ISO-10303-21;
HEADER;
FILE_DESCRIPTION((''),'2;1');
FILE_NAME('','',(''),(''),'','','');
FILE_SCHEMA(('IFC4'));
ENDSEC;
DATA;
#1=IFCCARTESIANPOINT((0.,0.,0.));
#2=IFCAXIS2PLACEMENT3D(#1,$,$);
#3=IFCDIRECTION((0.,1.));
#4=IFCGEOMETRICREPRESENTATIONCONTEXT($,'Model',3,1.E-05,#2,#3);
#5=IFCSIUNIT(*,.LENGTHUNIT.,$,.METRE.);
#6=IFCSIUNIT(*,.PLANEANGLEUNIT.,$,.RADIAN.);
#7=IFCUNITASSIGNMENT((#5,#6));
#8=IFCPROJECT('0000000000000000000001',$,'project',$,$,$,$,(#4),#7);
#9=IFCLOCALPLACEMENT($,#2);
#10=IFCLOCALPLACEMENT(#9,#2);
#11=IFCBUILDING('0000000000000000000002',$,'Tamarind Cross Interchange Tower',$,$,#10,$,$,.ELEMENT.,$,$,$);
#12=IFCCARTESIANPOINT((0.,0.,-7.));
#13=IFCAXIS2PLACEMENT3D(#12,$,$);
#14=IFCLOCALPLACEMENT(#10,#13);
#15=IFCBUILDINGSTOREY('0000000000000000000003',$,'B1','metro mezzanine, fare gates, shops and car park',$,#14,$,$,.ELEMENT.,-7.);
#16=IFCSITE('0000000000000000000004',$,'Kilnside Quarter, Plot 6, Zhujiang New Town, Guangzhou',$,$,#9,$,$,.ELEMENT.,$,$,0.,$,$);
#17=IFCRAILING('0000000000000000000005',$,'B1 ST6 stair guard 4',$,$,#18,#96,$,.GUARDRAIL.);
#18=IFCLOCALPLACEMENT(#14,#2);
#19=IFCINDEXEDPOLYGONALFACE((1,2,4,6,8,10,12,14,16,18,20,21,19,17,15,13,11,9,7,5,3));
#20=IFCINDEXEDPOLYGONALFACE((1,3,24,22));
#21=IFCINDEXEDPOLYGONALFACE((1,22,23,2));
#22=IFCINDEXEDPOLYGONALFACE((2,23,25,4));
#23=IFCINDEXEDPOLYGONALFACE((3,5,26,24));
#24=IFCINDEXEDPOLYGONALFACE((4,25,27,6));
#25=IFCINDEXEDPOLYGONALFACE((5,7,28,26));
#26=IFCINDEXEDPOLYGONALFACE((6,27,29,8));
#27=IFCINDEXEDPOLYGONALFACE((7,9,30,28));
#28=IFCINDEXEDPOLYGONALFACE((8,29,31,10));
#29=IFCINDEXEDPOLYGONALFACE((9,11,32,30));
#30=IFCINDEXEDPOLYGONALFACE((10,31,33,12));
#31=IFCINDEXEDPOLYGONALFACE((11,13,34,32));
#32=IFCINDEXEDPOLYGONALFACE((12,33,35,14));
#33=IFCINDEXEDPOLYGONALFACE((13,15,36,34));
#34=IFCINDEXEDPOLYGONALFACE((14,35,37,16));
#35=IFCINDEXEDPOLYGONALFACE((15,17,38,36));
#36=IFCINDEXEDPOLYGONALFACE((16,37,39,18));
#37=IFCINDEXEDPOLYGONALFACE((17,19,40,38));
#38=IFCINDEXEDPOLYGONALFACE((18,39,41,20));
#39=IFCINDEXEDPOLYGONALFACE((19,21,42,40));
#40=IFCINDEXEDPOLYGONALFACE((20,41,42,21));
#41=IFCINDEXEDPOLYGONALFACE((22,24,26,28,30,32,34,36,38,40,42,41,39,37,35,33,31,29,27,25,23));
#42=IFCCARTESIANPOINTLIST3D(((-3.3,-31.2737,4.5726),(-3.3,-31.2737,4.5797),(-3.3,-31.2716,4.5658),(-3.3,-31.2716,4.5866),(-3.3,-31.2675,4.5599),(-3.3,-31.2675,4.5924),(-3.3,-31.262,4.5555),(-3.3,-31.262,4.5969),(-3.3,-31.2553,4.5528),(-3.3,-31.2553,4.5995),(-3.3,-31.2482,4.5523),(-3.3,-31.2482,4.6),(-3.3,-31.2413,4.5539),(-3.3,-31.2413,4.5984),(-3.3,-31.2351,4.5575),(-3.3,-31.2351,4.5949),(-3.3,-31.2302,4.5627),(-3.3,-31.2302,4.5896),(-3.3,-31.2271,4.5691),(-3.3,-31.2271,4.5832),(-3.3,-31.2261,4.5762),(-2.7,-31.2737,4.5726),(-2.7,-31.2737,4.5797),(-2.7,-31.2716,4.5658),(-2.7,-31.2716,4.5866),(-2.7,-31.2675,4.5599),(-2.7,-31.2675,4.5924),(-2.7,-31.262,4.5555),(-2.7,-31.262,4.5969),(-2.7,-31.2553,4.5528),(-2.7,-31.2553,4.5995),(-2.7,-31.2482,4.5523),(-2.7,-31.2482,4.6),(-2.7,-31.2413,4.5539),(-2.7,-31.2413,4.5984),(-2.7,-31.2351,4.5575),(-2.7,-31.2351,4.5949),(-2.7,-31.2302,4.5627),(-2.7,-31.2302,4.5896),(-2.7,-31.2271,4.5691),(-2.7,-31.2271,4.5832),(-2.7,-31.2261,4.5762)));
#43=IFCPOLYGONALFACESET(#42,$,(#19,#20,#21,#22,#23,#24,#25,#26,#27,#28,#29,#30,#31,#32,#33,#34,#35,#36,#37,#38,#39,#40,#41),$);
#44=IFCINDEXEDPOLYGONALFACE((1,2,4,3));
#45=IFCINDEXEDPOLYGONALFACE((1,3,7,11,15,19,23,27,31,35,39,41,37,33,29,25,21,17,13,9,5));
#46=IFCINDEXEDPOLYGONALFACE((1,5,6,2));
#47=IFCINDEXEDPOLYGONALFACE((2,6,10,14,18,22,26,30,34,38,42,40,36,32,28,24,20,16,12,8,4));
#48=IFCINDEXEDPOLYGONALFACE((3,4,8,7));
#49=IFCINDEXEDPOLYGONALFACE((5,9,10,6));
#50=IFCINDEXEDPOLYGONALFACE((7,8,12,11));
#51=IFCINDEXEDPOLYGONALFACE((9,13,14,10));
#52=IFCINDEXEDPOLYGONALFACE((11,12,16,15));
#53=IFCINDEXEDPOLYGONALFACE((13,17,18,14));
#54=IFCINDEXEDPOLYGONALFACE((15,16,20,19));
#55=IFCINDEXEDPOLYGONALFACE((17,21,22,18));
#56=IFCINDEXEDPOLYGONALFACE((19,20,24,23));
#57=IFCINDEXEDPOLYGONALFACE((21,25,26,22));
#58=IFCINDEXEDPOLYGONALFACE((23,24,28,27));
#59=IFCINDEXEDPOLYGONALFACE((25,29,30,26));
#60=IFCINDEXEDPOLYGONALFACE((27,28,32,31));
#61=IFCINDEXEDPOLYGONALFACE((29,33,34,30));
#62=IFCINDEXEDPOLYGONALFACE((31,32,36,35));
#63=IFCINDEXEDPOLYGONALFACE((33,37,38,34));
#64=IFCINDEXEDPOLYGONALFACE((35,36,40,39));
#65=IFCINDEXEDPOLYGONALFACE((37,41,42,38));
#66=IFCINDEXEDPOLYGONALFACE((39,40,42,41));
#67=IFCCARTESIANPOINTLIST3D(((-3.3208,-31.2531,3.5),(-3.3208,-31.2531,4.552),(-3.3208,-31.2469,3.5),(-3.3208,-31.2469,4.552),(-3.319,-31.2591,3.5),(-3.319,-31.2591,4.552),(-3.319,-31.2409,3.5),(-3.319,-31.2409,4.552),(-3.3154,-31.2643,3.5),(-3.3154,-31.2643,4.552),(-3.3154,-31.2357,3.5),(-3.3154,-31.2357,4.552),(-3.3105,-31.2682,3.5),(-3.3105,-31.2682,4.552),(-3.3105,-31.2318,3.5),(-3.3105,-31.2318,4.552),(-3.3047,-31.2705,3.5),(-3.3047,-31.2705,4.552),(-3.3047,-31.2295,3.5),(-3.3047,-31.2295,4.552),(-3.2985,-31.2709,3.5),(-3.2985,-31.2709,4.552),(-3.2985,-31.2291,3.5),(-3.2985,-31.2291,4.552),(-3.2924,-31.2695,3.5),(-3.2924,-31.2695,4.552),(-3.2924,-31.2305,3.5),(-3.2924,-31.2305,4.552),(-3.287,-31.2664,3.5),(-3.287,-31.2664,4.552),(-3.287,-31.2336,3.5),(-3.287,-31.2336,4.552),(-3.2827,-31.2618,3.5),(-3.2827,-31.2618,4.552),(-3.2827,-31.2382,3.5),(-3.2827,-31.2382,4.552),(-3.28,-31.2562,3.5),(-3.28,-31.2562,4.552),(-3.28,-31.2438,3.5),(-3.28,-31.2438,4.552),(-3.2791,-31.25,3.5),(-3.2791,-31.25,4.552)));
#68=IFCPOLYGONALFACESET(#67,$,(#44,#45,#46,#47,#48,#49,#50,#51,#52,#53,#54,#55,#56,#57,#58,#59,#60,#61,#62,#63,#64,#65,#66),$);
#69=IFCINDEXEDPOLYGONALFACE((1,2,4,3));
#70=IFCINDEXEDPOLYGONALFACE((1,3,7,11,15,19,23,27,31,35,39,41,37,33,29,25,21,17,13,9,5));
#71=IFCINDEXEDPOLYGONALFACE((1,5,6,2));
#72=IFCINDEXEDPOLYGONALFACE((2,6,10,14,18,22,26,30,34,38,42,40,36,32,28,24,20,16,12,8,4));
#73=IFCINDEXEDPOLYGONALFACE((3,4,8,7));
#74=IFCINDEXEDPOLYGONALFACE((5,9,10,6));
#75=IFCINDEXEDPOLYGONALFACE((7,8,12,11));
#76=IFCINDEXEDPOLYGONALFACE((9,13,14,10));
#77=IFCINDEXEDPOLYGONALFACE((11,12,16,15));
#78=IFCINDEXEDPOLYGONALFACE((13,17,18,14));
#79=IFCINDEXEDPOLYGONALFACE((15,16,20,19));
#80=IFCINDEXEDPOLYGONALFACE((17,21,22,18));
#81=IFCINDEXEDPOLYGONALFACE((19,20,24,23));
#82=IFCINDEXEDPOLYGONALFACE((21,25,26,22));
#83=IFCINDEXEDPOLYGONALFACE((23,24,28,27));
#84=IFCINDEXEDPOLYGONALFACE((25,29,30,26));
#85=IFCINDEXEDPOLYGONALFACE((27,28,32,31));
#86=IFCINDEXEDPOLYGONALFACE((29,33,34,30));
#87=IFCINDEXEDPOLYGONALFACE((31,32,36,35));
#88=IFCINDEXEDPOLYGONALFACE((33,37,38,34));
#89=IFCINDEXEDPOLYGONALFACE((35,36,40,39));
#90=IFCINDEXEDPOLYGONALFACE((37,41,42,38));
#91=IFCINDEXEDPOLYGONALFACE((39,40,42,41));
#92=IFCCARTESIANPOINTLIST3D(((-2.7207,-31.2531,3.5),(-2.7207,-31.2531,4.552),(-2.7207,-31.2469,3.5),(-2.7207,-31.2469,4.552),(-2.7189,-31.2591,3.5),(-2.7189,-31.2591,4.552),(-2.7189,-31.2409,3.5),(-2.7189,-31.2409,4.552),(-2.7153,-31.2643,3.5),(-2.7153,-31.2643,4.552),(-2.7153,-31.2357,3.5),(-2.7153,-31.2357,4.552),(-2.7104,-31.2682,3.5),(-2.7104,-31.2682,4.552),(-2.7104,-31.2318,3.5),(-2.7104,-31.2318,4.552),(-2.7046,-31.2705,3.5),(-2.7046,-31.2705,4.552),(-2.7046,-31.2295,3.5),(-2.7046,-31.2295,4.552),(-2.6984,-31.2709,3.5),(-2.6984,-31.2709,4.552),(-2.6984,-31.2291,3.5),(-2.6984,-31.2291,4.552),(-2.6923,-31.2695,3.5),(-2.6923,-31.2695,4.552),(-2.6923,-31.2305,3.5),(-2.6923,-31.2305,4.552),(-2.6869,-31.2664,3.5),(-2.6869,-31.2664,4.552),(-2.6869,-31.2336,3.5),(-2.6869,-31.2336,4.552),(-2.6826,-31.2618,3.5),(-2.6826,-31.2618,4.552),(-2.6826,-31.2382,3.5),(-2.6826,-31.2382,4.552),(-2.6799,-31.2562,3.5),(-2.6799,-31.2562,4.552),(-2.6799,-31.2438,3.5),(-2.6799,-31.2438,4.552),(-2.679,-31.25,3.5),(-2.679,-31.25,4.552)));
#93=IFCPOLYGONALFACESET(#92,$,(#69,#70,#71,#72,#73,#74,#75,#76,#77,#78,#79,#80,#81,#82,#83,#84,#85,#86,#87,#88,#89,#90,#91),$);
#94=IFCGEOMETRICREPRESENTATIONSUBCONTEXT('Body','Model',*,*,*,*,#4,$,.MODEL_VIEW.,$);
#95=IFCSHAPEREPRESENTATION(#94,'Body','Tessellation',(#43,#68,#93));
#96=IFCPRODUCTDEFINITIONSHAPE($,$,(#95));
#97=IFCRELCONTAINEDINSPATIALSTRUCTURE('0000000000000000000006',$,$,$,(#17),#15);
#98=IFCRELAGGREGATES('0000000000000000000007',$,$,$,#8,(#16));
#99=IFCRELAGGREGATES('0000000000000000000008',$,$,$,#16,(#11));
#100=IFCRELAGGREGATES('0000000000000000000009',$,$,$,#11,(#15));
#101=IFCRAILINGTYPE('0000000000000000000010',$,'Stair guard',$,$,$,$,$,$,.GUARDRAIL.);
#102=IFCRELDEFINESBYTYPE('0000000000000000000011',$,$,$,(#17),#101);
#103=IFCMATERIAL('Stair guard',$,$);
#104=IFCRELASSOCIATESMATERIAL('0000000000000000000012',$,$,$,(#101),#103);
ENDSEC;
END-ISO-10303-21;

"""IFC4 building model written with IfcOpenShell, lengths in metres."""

from ifc_helpers import new_model, si_unit, direction, frame, origin, origin_2d, place, context, subcontext, project, spatial, circle, extrude, material, type_object, element, save


model = new_model("IFC4")

# Units and contexts
model_context = context("Model", 3, precision=1e-05, world=origin(), true_north=direction((0.0, 1.0)))
body_context = subcontext(model_context, "Body", "Model", "MODEL_VIEW")
ifc_project = project(units=[si_unit("LENGTHUNIT", "METRE"), si_unit("PLANEANGLEUNIT", "RADIAN")], contexts=[model_context])

# Site, building, storey
site_placement = place(None, origin())
site = spatial("IfcSite", under=ifc_project, at=site_placement, Name="Kilnside Quarter, Plot 6, Zhujiang New Town, Guangzhou", CompositionType="ELEMENT", RefElevation=0.0)
building_placement = place(site_placement, origin())
building = spatial("IfcBuilding", under=site, at=building_placement, Name="Tamarind Cross Interchange Tower", CompositionType="ELEMENT")
storey_placement = place(building_placement, frame((0.0, 0.0, -7.0)))
storey = spatial("IfcBuildingStorey", under=building, at=storey_placement, Name="B1", Description="metro mezzanine, fare gates, shops and car park", CompositionType="ELEMENT", Elevation=-7.0)

# Railing
ifc_material_1 = material(Name="Stair guard")
railing_type_1 = type_object("IfcRailingType", Name="Stair guard", PredefinedType="GUARDRAIL", material=ifc_material_1)
railing_1_placement = place(storey_placement, frame((-3.3, -31.25, 3.5)))
element("IfcRailing", 1, at=railing_1_placement, inside=storey, type_object=railing_type_1, Name="B1 ST6 stair guard 4", PredefinedType="GUARDRAIL", context=body_context, shape_type="SweptSolid", body=[
    extrude(circle(Radius=0.0239, at=origin_2d()), frame((0.0, 0.0, 1.0762), z_axis=(1.0, 0.0, 0.0), x_axis=(0.0, 1.0, 0.0)), (0.0, 0.0, 1.0), 0.6001),
    extrude(circle(Radius=0.021, at=origin_2d()), origin(), (0.0, 0.0, 1.0), 1.052),
    extrude(circle(Radius=0.021, at=origin_2d()), frame((0.6001, 0.0, 0.0)), (0.0, 0.0, 1.0), 1.052),
])

save(model, "model.ifc")
